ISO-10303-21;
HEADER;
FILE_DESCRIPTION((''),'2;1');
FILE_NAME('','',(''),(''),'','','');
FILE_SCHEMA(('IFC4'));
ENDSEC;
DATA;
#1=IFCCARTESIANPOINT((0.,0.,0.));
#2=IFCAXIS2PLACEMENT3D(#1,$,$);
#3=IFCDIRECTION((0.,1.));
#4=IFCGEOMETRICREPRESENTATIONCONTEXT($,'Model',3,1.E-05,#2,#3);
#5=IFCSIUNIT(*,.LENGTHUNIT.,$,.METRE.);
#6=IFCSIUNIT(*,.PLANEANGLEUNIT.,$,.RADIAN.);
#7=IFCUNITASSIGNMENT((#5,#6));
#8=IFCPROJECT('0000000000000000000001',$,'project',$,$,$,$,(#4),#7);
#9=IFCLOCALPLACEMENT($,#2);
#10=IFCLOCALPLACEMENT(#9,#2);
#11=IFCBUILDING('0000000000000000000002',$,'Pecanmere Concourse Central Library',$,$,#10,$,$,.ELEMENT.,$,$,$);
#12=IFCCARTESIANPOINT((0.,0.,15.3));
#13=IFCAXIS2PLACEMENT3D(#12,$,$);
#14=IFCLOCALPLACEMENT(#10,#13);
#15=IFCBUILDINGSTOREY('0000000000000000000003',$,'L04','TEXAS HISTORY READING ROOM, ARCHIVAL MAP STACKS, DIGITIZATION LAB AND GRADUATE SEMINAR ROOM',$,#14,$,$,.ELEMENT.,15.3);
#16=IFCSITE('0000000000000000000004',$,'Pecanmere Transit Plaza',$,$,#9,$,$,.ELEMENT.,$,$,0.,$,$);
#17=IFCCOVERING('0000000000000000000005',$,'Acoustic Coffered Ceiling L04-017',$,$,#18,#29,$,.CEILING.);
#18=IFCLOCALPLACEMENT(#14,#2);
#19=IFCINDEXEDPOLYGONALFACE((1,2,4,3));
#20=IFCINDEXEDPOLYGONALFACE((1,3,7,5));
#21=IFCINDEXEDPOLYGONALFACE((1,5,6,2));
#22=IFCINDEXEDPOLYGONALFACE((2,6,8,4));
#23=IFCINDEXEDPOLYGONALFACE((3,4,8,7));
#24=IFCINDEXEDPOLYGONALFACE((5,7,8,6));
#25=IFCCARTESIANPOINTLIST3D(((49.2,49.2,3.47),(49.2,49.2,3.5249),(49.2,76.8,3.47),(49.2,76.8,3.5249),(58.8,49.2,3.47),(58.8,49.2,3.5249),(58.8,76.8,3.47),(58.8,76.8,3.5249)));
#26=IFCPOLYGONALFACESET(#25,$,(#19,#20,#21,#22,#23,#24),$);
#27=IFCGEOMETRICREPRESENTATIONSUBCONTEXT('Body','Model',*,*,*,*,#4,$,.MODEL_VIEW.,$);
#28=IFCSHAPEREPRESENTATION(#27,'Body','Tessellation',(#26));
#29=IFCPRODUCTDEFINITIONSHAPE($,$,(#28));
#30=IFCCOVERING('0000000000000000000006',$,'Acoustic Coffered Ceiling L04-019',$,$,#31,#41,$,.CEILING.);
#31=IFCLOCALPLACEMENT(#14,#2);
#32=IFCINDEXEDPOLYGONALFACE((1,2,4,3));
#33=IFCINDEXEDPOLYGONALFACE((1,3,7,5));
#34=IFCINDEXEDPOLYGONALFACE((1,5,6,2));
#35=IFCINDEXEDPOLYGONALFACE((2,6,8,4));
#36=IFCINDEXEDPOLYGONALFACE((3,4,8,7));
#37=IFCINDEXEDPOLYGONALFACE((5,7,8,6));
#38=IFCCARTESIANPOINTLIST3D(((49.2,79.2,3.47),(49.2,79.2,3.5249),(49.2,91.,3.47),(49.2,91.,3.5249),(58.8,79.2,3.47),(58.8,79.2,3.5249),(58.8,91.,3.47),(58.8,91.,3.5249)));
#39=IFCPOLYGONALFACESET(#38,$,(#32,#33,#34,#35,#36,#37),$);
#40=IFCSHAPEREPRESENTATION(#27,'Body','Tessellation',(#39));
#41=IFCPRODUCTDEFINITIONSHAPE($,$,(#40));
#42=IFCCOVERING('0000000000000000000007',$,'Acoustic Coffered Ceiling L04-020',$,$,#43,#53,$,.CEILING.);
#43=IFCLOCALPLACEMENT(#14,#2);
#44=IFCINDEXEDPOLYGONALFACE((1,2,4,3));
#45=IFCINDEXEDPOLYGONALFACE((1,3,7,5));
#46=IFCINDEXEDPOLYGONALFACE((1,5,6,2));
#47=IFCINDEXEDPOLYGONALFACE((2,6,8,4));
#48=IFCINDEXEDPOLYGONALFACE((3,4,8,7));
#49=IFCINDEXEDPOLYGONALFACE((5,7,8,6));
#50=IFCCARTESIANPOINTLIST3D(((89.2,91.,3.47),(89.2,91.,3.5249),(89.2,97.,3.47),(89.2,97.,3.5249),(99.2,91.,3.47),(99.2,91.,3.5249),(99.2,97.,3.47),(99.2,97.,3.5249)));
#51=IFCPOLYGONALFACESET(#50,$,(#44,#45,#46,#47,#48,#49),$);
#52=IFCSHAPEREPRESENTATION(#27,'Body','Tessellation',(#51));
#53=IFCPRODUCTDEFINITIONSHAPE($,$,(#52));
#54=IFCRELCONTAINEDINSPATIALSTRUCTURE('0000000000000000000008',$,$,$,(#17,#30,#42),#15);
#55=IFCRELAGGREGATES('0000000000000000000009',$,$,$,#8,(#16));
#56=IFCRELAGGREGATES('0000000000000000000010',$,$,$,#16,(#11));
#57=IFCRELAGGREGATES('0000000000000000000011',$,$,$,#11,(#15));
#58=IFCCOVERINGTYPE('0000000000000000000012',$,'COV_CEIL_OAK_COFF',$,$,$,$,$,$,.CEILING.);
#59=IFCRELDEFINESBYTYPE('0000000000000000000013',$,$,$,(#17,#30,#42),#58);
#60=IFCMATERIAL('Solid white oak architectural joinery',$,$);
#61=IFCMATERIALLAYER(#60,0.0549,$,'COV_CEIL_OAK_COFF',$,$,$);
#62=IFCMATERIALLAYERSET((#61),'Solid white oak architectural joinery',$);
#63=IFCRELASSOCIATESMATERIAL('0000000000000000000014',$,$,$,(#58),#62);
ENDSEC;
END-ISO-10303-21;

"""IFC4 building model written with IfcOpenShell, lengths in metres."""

from ifc_helpers import new_model, si_unit, direction, frame, origin, place, context, subcontext, project, spatial, polyline, outline, extrude, material, layer, layer_set, type_object, element, save


model = new_model("IFC4")

# Units and contexts
model_context = context("Model", 3, precision=1e-05, world=origin(), true_north=direction((0.0, 1.0)))
body_context = subcontext(model_context, "Body", "Model", "MODEL_VIEW")
ifc_project = project(units=[si_unit("LENGTHUNIT", "METRE"), si_unit("PLANEANGLEUNIT", "RADIAN")], contexts=[model_context])

# Site, building, storey
site_placement = place(None, origin())
site = spatial("IfcSite", under=ifc_project, at=site_placement, Name="Pecanmere Transit Plaza", CompositionType="ELEMENT", RefElevation=0.0)
building_placement = place(site_placement, origin())
building = spatial("IfcBuilding", under=site, at=building_placement, Name="Pecanmere Concourse Central Library", CompositionType="ELEMENT")
storey_placement = place(building_placement, frame((0.0, 0.0, 15.3)))
storey = spatial("IfcBuildingStorey", under=building, at=storey_placement, Name="L04", Description="TEXAS HISTORY READING ROOM, ARCHIVAL MAP STACKS, DIGITIZATION LAB AND GRADUATE SEMINAR ROOM", CompositionType="ELEMENT", Elevation=15.3)

# Coverings
ifc_material_1 = material(Name="Solid white oak architectural joinery")
ifc_layer_1 = layer(ifc_material_1, 0.0549, Name="COV_CEIL_OAK_COFF")
ifc_layer_set_1 = layer_set([ifc_layer_1], Name="Solid white oak architectural joinery")
covering_type_1 = type_object("IfcCoveringType", Name="COV_CEIL_OAK_COFF", PredefinedType="CEILING", material=ifc_layer_set_1)
covering_1_placement = place(storey_placement, frame((0.0, 0.0, 3.47)))
element("IfcCovering", 1, at=covering_1_placement, inside=storey, type_object=covering_type_1, Name="Acoustic Coffered Ceiling L04-017", PredefinedType="CEILING", context=body_context, shape_type="SweptSolid", body=[
    extrude(outline(polyline([(49.2, 49.2), (58.8, 49.2), (58.8, 76.8), (49.2, 76.8), (49.2, 49.2)])), origin(), (0.0, 0.0, 1.0), 0.0549),
])
covering_2_placement = place(storey_placement, frame((0.0, 0.0, 3.47)))
element("IfcCovering", 2, at=covering_2_placement, inside=storey, type_object=covering_type_1, Name="Acoustic Coffered Ceiling L04-019", PredefinedType="CEILING", context=body_context, shape_type="SweptSolid", body=[
    extrude(outline(polyline([(49.2, 79.2), (58.8, 79.2), (58.8, 91.0), (49.2, 91.0), (49.2, 79.2)])), origin(), (0.0, 0.0, 1.0), 0.0549),
])
covering_3_placement = place(storey_placement, frame((0.0, 0.0, 3.47)))
element("IfcCovering", 3, at=covering_3_placement, inside=storey, type_object=covering_type_1, Name="Acoustic Coffered Ceiling L04-020", PredefinedType="CEILING", context=body_context, shape_type="SweptSolid", body=[
    extrude(outline(polyline([(89.2, 91.0), (99.2, 91.0), (99.2, 97.0), (89.2, 97.0), (89.2, 91.0)])), origin(), (0.0, 0.0, 1.0), 0.0549),
])

save(model, "model.ifc")
